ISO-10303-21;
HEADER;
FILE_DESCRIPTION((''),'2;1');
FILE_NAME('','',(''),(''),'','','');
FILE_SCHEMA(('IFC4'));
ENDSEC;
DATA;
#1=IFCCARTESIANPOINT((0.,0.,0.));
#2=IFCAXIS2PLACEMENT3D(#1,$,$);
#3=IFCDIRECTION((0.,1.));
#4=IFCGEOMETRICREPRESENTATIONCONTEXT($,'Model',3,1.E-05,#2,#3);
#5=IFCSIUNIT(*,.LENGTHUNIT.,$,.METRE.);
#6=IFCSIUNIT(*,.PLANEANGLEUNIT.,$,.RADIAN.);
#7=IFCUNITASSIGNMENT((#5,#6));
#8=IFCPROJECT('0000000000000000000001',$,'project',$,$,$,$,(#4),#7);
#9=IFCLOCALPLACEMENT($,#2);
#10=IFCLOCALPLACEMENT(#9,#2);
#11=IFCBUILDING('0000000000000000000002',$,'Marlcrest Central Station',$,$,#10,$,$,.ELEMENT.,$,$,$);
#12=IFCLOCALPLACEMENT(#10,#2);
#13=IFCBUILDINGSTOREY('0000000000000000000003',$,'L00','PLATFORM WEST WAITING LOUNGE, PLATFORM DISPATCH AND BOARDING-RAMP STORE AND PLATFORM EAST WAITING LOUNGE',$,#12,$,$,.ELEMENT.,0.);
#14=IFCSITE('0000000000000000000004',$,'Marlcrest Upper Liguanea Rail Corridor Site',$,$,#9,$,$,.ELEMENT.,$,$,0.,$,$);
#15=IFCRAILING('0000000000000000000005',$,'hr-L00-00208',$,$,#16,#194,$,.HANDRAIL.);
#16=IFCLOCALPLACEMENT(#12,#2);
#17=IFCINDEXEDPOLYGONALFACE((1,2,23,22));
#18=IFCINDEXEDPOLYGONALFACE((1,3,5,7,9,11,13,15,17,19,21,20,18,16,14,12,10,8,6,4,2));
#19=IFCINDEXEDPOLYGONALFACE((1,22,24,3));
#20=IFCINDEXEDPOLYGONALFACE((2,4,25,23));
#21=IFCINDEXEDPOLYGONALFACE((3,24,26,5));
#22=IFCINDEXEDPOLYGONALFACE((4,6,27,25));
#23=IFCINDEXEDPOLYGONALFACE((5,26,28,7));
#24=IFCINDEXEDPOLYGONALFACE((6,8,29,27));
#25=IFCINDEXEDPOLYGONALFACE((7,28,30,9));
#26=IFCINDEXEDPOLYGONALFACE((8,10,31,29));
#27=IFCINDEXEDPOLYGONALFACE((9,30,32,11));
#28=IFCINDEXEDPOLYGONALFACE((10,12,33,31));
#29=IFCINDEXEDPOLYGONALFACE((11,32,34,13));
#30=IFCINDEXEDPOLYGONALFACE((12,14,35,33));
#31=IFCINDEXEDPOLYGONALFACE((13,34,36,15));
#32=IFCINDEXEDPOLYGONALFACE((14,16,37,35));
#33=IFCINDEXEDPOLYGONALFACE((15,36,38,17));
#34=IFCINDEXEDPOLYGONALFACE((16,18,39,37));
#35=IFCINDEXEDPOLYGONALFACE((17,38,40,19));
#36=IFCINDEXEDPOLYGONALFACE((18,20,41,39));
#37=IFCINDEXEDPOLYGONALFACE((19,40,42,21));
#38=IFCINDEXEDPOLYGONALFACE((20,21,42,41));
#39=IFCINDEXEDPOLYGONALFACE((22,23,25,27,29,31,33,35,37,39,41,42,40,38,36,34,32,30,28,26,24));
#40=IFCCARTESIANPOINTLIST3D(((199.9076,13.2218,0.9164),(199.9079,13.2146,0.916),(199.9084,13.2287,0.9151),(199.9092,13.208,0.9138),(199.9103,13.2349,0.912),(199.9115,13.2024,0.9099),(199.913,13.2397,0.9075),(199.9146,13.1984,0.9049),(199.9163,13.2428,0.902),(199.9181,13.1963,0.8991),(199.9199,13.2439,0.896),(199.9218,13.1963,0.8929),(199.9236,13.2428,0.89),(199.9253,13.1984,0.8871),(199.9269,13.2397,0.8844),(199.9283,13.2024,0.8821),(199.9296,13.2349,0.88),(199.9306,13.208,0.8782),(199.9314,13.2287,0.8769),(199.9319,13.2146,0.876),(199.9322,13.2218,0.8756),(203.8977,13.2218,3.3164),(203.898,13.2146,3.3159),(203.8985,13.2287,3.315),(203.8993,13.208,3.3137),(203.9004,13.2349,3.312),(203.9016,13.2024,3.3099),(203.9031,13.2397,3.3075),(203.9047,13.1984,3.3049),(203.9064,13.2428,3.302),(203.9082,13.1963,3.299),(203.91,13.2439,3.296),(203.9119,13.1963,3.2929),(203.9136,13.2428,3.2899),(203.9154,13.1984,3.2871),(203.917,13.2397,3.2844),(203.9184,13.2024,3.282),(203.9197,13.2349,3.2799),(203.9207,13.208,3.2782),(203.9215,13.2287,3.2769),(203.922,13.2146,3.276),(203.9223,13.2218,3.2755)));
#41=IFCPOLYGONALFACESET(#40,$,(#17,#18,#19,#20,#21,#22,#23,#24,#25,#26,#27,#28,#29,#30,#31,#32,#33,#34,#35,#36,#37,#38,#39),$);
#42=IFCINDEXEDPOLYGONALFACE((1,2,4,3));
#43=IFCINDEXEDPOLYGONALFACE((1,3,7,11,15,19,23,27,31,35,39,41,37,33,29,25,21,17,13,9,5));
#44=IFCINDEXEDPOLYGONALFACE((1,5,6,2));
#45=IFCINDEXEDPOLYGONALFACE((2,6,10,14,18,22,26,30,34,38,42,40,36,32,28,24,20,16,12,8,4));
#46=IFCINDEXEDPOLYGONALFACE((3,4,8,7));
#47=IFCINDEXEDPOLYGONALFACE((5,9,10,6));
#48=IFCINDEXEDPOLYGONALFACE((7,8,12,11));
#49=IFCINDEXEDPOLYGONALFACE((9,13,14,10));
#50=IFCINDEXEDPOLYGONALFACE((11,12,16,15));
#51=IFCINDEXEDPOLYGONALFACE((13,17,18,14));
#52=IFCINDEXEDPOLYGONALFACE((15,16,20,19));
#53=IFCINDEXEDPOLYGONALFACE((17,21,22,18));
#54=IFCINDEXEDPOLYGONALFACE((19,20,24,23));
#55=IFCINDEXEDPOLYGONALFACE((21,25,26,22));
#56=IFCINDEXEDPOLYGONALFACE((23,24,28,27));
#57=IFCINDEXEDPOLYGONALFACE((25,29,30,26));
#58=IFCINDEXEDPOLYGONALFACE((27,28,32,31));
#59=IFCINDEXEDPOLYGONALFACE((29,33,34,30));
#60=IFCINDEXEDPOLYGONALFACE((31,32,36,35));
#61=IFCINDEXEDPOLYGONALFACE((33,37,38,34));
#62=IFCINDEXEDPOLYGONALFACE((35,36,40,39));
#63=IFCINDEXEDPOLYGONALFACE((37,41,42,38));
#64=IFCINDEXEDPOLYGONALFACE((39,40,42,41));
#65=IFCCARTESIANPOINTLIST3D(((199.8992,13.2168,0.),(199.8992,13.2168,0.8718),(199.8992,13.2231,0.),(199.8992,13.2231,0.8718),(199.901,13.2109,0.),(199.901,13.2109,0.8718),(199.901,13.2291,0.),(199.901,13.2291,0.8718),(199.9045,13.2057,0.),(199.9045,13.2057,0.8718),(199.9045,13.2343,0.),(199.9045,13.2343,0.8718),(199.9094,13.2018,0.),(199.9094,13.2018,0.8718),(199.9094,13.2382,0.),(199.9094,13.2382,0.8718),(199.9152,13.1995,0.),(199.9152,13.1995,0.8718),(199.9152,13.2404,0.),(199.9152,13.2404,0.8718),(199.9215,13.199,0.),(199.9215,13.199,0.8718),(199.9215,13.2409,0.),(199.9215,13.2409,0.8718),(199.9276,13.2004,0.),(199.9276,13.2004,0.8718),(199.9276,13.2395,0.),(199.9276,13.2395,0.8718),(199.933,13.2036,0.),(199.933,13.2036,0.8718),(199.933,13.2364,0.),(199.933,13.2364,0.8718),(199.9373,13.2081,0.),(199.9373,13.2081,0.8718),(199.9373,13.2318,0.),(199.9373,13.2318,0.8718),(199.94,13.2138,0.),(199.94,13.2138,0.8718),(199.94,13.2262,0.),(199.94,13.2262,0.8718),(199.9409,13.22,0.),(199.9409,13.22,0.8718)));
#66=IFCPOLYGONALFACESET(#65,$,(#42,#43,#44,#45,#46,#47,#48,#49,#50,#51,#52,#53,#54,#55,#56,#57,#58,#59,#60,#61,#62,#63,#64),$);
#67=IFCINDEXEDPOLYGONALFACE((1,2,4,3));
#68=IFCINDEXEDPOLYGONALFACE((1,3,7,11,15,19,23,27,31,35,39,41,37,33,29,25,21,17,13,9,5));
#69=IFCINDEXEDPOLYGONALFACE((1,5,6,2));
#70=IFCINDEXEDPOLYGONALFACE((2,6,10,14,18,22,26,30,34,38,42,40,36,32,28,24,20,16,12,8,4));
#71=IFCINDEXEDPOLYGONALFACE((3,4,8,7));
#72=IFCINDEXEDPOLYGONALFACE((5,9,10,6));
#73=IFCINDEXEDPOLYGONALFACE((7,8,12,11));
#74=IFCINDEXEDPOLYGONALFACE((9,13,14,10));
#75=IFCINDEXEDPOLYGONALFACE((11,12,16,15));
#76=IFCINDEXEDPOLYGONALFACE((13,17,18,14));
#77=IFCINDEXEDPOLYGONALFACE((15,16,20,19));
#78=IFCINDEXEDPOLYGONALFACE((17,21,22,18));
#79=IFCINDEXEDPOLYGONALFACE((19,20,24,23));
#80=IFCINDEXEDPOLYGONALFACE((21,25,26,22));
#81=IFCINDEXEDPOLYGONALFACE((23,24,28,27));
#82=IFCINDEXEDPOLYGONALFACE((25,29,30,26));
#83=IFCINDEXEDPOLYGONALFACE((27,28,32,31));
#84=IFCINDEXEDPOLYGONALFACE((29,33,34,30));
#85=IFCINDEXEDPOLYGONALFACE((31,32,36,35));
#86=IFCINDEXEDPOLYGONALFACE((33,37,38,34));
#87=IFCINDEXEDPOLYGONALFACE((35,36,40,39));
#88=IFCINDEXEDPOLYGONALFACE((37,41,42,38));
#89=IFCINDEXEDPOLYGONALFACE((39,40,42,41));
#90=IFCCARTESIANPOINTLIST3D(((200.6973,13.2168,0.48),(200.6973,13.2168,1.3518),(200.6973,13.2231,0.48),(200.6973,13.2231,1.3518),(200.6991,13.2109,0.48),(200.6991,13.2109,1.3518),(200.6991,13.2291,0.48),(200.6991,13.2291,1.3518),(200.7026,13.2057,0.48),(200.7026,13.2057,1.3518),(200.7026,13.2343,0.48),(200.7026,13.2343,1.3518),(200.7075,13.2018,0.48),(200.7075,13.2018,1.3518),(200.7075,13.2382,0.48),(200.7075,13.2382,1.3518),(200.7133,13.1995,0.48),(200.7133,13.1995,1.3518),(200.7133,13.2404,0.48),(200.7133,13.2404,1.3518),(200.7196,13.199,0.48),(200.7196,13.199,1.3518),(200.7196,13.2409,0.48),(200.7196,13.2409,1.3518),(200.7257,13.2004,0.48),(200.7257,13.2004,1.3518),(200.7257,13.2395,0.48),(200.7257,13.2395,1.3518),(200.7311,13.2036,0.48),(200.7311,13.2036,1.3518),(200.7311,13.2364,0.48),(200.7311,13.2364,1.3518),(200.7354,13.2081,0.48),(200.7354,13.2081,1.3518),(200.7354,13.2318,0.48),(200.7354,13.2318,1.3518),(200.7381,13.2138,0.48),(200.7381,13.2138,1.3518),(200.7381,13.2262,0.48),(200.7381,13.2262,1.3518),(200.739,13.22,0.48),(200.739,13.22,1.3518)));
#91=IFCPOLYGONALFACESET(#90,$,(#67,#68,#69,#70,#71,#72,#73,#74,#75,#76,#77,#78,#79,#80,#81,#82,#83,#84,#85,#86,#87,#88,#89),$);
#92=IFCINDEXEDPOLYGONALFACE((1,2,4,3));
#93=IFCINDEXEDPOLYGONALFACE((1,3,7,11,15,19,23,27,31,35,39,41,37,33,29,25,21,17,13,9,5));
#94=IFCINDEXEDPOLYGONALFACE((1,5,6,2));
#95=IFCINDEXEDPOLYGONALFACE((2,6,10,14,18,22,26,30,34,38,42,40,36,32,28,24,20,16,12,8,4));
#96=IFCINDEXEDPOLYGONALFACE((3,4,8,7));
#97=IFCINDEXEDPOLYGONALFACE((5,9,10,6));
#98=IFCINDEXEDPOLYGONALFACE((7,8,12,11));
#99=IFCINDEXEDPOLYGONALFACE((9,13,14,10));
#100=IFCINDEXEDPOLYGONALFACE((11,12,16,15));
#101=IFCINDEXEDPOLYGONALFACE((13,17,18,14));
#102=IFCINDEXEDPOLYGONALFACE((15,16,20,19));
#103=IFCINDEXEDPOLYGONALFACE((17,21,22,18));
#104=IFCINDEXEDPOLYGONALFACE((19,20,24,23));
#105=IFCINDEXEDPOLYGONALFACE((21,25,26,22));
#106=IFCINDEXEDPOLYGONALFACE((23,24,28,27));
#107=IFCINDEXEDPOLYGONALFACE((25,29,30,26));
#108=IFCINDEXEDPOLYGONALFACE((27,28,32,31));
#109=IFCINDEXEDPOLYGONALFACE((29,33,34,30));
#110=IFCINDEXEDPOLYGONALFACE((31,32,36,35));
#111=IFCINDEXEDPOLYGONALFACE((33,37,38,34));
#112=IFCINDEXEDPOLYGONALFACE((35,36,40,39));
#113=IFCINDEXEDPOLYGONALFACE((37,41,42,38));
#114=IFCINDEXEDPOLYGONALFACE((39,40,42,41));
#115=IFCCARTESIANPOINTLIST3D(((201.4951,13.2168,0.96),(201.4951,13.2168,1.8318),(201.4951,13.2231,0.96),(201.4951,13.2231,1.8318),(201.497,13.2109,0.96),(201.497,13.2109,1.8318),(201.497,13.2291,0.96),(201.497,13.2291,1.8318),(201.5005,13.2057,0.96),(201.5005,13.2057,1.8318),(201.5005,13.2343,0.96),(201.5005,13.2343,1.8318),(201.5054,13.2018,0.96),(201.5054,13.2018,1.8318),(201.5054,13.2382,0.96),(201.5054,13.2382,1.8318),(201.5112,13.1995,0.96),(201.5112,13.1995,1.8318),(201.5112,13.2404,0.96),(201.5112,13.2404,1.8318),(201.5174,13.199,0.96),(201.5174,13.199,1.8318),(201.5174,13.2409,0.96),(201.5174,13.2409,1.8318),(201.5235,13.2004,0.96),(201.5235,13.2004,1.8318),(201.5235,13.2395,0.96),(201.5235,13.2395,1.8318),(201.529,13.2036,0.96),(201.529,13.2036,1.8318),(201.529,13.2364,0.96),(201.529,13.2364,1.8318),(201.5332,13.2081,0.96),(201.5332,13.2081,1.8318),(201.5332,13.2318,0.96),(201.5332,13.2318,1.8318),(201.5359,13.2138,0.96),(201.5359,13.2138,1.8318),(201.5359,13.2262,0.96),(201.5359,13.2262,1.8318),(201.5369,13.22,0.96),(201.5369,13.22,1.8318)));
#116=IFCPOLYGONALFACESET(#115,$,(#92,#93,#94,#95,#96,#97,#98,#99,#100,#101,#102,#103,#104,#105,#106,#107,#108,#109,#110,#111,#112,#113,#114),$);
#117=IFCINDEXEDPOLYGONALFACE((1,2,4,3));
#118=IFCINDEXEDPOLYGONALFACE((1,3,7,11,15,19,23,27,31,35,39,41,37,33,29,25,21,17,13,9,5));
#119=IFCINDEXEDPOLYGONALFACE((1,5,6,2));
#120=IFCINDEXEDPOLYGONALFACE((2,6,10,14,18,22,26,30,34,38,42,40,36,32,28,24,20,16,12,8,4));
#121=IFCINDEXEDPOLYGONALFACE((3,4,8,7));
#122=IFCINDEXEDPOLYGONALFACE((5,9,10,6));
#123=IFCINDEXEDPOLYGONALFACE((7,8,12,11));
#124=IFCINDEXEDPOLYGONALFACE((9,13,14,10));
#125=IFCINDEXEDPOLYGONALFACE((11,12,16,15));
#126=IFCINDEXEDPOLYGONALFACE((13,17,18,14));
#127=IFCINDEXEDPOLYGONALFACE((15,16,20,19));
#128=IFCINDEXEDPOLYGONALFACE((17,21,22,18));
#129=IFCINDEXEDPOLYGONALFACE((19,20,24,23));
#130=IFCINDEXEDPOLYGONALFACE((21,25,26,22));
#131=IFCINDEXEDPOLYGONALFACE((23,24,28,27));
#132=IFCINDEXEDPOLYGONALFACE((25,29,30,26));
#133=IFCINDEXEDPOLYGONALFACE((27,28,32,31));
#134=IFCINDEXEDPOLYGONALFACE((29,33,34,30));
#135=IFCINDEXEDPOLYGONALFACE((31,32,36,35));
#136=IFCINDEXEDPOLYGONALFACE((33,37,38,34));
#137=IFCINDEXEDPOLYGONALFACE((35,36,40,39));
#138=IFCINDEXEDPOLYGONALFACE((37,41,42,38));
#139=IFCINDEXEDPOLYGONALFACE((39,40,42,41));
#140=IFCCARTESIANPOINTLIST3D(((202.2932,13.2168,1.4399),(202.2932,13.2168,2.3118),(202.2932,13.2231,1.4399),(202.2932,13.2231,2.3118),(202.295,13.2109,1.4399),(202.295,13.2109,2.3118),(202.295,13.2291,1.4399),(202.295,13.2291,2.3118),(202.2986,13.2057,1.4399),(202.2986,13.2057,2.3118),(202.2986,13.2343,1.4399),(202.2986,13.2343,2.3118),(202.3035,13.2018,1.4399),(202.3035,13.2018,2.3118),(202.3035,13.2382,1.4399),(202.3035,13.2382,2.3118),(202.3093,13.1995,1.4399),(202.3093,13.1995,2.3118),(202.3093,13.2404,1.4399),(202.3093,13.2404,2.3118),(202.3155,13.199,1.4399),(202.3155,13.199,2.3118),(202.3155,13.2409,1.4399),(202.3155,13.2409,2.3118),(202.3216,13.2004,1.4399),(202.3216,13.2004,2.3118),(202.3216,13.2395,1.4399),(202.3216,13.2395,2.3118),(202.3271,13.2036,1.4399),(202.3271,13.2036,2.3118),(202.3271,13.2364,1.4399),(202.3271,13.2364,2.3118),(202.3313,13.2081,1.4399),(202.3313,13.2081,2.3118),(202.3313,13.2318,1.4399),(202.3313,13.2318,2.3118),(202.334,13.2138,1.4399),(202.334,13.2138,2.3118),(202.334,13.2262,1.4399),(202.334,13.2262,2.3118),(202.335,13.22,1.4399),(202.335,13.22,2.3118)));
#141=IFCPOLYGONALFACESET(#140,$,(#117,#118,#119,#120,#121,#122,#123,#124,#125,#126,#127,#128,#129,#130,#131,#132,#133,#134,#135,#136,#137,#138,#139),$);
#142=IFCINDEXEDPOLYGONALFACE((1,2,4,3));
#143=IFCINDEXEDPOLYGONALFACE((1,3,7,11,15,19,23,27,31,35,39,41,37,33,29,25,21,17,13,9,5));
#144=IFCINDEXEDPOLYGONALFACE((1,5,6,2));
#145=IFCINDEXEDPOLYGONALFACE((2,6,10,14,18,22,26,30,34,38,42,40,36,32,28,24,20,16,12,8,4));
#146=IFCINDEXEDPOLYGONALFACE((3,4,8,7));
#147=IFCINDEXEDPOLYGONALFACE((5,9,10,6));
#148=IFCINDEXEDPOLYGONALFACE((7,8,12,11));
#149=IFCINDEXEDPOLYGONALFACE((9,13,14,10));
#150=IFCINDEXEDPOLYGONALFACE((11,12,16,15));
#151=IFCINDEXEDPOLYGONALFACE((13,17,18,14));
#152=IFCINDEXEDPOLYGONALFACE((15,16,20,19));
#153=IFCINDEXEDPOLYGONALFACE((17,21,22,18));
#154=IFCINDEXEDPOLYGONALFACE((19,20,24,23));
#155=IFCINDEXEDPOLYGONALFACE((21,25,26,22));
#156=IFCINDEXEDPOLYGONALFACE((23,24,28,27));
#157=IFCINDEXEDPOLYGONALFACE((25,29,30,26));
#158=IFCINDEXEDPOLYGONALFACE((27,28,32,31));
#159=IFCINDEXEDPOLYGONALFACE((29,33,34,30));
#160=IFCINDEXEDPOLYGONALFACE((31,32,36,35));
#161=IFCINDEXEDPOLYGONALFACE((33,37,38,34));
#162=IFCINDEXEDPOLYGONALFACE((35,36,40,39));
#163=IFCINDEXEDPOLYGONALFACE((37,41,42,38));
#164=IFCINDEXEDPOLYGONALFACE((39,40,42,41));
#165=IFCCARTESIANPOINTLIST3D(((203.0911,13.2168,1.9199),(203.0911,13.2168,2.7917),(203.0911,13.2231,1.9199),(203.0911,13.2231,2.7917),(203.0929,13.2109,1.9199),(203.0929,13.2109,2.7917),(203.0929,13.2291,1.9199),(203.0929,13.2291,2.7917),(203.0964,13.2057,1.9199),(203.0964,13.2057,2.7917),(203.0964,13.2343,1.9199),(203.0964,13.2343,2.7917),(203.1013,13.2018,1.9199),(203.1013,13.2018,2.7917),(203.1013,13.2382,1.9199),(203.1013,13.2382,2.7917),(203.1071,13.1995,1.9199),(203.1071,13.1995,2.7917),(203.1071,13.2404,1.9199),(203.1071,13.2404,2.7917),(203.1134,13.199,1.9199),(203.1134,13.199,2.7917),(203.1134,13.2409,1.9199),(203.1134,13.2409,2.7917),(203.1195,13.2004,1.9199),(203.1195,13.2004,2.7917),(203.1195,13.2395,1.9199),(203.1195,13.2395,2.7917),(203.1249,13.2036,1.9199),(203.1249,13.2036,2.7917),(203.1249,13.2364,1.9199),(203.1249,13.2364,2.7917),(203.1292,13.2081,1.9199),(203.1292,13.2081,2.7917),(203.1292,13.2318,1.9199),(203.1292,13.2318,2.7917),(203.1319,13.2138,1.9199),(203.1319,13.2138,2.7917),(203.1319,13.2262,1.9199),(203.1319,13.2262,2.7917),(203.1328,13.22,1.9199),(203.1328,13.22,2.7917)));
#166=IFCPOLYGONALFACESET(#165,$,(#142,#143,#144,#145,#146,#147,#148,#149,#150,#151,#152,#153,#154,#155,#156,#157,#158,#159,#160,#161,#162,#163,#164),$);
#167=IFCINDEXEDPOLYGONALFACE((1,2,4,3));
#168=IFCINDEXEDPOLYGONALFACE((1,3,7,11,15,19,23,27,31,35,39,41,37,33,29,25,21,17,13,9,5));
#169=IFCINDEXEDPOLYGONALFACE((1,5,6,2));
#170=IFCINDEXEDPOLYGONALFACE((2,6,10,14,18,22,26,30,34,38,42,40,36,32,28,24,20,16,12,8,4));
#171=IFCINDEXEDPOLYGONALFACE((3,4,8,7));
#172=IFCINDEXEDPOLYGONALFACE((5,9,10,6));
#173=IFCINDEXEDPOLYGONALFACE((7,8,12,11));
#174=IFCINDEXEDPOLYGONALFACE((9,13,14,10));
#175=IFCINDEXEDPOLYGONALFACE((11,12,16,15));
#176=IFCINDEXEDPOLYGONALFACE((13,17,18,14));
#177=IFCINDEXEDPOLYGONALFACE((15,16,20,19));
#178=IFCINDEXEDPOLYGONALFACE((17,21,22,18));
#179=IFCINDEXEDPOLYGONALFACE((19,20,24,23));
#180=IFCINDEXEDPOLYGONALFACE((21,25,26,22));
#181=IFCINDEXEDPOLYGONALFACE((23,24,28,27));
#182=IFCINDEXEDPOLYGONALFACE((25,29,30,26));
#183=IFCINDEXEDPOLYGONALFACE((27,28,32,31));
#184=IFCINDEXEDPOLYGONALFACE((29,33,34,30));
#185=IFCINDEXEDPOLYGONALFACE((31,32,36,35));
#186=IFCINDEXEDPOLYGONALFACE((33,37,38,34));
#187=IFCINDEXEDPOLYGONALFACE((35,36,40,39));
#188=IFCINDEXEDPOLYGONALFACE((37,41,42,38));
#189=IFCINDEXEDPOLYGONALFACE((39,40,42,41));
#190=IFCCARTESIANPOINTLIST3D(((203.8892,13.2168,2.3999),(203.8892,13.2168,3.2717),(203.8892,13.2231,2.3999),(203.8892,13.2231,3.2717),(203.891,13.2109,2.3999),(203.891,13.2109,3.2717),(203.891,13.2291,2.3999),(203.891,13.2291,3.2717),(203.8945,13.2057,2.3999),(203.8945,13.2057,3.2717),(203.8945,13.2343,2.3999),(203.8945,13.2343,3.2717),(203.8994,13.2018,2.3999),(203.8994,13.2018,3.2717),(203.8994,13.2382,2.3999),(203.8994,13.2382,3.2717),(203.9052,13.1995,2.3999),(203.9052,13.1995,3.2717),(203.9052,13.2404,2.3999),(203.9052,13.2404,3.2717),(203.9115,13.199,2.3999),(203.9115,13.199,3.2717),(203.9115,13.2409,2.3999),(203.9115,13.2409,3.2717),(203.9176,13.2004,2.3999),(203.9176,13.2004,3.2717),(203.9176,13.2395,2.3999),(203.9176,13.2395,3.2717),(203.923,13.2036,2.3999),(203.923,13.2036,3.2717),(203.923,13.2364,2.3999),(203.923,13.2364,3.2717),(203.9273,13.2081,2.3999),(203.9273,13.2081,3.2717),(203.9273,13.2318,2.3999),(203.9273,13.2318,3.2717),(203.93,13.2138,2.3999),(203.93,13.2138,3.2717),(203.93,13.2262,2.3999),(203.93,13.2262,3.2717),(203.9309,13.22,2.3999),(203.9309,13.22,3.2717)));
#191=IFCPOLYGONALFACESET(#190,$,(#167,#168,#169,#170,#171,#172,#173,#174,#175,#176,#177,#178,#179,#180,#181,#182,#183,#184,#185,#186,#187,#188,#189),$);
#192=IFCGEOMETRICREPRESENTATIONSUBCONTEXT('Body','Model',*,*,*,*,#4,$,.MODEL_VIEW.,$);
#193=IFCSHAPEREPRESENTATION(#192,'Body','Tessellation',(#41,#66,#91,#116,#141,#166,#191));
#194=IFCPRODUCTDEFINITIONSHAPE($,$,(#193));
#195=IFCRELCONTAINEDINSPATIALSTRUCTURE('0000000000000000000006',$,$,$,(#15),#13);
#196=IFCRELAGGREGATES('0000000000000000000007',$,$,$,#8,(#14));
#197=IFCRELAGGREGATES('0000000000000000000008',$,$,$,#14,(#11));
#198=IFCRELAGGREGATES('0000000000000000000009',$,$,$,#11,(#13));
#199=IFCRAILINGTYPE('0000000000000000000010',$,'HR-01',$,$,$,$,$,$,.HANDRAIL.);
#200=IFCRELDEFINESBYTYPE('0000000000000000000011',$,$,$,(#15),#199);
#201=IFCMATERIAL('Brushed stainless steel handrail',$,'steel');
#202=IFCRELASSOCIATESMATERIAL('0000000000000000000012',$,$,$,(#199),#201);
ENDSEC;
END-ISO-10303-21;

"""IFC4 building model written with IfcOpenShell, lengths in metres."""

from ifc_helpers import new_model, si_unit, direction, frame, origin, origin_2d, place, context, subcontext, project, spatial, circle, extrude, material, type_object, element, save


model = new_model("IFC4")

# Units and contexts
model_context = context("Model", 3, precision=1e-05, world=origin(), true_north=direction((0.0, 1.0)))
body_context = subcontext(model_context, "Body", "Model", "MODEL_VIEW")
ifc_project = project(units=[si_unit("LENGTHUNIT", "METRE"), si_unit("PLANEANGLEUNIT", "RADIAN")], contexts=[model_context])

# Site, building, storey
site_placement = place(None, origin())
site = spatial("IfcSite", under=ifc_project, at=site_placement, Name="Marlcrest Upper Liguanea Rail Corridor Site", CompositionType="ELEMENT", RefElevation=0.0)
building_placement = place(site_placement, origin())
building = spatial("IfcBuilding", under=site, at=building_placement, Name="Marlcrest Central Station", CompositionType="ELEMENT")
storey_placement = place(building_placement, origin())
storey = spatial("IfcBuildingStorey", under=building, at=storey_placement, Name="L00", Description="PLATFORM WEST WAITING LOUNGE, PLATFORM DISPATCH AND BOARDING-RAMP STORE AND PLATFORM EAST WAITING LOUNGE", CompositionType="ELEMENT", Elevation=0.0)

# Railing
ifc_material_1 = material(Name="Brushed stainless steel handrail", Category="steel")
railing_type_1 = type_object("IfcRailingType", Name="HR-01", PredefinedType="HANDRAIL", material=ifc_material_1)
railing_1_placement = place(storey_placement, frame((199.9199, 13.22, 0.0)))
element("IfcRailing", 1, at=railing_1_placement, inside=storey, type_object=railing_type_1, Name="hr-L00-00208", PredefinedType="HANDRAIL", context=body_context, shape_type="SweptSolid", body=[
    extrude(circle(Radius=0.0239, at=origin_2d()), frame((0.0, 0.0, 0.896), z_axis=(0.856933, 0.0, 0.515428), x_axis=(0.0, 1.0, 0.0)), (0.0, 0.0, 1.0), 4.6562),
    extrude(circle(Radius=0.021, at=origin_2d()), origin(), (0.0, 0.0, 1.0), 0.8718),
    extrude(circle(Radius=0.021, at=origin_2d()), frame((0.7981, 0.0, 0.48)), (0.0, 0.0, 1.0), 0.8718),
    extrude(circle(Radius=0.021, at=origin_2d()), frame((1.5959, 0.0, 0.96)), (0.0, 0.0, 1.0), 0.8718),
    extrude(circle(Radius=0.021, at=origin_2d()), frame((2.394, 0.0, 1.4399)), (0.0, 0.0, 1.0), 0.8718),
    extrude(circle(Radius=0.021, at=origin_2d()), frame((3.1919, 0.0, 1.9199)), (0.0, 0.0, 1.0), 0.8718),
    extrude(circle(Radius=0.021, at=origin_2d()), frame((3.99, 0.0, 2.3999)), (0.0, 0.0, 1.0), 0.8718),
])

save(model, "model.ifc")
